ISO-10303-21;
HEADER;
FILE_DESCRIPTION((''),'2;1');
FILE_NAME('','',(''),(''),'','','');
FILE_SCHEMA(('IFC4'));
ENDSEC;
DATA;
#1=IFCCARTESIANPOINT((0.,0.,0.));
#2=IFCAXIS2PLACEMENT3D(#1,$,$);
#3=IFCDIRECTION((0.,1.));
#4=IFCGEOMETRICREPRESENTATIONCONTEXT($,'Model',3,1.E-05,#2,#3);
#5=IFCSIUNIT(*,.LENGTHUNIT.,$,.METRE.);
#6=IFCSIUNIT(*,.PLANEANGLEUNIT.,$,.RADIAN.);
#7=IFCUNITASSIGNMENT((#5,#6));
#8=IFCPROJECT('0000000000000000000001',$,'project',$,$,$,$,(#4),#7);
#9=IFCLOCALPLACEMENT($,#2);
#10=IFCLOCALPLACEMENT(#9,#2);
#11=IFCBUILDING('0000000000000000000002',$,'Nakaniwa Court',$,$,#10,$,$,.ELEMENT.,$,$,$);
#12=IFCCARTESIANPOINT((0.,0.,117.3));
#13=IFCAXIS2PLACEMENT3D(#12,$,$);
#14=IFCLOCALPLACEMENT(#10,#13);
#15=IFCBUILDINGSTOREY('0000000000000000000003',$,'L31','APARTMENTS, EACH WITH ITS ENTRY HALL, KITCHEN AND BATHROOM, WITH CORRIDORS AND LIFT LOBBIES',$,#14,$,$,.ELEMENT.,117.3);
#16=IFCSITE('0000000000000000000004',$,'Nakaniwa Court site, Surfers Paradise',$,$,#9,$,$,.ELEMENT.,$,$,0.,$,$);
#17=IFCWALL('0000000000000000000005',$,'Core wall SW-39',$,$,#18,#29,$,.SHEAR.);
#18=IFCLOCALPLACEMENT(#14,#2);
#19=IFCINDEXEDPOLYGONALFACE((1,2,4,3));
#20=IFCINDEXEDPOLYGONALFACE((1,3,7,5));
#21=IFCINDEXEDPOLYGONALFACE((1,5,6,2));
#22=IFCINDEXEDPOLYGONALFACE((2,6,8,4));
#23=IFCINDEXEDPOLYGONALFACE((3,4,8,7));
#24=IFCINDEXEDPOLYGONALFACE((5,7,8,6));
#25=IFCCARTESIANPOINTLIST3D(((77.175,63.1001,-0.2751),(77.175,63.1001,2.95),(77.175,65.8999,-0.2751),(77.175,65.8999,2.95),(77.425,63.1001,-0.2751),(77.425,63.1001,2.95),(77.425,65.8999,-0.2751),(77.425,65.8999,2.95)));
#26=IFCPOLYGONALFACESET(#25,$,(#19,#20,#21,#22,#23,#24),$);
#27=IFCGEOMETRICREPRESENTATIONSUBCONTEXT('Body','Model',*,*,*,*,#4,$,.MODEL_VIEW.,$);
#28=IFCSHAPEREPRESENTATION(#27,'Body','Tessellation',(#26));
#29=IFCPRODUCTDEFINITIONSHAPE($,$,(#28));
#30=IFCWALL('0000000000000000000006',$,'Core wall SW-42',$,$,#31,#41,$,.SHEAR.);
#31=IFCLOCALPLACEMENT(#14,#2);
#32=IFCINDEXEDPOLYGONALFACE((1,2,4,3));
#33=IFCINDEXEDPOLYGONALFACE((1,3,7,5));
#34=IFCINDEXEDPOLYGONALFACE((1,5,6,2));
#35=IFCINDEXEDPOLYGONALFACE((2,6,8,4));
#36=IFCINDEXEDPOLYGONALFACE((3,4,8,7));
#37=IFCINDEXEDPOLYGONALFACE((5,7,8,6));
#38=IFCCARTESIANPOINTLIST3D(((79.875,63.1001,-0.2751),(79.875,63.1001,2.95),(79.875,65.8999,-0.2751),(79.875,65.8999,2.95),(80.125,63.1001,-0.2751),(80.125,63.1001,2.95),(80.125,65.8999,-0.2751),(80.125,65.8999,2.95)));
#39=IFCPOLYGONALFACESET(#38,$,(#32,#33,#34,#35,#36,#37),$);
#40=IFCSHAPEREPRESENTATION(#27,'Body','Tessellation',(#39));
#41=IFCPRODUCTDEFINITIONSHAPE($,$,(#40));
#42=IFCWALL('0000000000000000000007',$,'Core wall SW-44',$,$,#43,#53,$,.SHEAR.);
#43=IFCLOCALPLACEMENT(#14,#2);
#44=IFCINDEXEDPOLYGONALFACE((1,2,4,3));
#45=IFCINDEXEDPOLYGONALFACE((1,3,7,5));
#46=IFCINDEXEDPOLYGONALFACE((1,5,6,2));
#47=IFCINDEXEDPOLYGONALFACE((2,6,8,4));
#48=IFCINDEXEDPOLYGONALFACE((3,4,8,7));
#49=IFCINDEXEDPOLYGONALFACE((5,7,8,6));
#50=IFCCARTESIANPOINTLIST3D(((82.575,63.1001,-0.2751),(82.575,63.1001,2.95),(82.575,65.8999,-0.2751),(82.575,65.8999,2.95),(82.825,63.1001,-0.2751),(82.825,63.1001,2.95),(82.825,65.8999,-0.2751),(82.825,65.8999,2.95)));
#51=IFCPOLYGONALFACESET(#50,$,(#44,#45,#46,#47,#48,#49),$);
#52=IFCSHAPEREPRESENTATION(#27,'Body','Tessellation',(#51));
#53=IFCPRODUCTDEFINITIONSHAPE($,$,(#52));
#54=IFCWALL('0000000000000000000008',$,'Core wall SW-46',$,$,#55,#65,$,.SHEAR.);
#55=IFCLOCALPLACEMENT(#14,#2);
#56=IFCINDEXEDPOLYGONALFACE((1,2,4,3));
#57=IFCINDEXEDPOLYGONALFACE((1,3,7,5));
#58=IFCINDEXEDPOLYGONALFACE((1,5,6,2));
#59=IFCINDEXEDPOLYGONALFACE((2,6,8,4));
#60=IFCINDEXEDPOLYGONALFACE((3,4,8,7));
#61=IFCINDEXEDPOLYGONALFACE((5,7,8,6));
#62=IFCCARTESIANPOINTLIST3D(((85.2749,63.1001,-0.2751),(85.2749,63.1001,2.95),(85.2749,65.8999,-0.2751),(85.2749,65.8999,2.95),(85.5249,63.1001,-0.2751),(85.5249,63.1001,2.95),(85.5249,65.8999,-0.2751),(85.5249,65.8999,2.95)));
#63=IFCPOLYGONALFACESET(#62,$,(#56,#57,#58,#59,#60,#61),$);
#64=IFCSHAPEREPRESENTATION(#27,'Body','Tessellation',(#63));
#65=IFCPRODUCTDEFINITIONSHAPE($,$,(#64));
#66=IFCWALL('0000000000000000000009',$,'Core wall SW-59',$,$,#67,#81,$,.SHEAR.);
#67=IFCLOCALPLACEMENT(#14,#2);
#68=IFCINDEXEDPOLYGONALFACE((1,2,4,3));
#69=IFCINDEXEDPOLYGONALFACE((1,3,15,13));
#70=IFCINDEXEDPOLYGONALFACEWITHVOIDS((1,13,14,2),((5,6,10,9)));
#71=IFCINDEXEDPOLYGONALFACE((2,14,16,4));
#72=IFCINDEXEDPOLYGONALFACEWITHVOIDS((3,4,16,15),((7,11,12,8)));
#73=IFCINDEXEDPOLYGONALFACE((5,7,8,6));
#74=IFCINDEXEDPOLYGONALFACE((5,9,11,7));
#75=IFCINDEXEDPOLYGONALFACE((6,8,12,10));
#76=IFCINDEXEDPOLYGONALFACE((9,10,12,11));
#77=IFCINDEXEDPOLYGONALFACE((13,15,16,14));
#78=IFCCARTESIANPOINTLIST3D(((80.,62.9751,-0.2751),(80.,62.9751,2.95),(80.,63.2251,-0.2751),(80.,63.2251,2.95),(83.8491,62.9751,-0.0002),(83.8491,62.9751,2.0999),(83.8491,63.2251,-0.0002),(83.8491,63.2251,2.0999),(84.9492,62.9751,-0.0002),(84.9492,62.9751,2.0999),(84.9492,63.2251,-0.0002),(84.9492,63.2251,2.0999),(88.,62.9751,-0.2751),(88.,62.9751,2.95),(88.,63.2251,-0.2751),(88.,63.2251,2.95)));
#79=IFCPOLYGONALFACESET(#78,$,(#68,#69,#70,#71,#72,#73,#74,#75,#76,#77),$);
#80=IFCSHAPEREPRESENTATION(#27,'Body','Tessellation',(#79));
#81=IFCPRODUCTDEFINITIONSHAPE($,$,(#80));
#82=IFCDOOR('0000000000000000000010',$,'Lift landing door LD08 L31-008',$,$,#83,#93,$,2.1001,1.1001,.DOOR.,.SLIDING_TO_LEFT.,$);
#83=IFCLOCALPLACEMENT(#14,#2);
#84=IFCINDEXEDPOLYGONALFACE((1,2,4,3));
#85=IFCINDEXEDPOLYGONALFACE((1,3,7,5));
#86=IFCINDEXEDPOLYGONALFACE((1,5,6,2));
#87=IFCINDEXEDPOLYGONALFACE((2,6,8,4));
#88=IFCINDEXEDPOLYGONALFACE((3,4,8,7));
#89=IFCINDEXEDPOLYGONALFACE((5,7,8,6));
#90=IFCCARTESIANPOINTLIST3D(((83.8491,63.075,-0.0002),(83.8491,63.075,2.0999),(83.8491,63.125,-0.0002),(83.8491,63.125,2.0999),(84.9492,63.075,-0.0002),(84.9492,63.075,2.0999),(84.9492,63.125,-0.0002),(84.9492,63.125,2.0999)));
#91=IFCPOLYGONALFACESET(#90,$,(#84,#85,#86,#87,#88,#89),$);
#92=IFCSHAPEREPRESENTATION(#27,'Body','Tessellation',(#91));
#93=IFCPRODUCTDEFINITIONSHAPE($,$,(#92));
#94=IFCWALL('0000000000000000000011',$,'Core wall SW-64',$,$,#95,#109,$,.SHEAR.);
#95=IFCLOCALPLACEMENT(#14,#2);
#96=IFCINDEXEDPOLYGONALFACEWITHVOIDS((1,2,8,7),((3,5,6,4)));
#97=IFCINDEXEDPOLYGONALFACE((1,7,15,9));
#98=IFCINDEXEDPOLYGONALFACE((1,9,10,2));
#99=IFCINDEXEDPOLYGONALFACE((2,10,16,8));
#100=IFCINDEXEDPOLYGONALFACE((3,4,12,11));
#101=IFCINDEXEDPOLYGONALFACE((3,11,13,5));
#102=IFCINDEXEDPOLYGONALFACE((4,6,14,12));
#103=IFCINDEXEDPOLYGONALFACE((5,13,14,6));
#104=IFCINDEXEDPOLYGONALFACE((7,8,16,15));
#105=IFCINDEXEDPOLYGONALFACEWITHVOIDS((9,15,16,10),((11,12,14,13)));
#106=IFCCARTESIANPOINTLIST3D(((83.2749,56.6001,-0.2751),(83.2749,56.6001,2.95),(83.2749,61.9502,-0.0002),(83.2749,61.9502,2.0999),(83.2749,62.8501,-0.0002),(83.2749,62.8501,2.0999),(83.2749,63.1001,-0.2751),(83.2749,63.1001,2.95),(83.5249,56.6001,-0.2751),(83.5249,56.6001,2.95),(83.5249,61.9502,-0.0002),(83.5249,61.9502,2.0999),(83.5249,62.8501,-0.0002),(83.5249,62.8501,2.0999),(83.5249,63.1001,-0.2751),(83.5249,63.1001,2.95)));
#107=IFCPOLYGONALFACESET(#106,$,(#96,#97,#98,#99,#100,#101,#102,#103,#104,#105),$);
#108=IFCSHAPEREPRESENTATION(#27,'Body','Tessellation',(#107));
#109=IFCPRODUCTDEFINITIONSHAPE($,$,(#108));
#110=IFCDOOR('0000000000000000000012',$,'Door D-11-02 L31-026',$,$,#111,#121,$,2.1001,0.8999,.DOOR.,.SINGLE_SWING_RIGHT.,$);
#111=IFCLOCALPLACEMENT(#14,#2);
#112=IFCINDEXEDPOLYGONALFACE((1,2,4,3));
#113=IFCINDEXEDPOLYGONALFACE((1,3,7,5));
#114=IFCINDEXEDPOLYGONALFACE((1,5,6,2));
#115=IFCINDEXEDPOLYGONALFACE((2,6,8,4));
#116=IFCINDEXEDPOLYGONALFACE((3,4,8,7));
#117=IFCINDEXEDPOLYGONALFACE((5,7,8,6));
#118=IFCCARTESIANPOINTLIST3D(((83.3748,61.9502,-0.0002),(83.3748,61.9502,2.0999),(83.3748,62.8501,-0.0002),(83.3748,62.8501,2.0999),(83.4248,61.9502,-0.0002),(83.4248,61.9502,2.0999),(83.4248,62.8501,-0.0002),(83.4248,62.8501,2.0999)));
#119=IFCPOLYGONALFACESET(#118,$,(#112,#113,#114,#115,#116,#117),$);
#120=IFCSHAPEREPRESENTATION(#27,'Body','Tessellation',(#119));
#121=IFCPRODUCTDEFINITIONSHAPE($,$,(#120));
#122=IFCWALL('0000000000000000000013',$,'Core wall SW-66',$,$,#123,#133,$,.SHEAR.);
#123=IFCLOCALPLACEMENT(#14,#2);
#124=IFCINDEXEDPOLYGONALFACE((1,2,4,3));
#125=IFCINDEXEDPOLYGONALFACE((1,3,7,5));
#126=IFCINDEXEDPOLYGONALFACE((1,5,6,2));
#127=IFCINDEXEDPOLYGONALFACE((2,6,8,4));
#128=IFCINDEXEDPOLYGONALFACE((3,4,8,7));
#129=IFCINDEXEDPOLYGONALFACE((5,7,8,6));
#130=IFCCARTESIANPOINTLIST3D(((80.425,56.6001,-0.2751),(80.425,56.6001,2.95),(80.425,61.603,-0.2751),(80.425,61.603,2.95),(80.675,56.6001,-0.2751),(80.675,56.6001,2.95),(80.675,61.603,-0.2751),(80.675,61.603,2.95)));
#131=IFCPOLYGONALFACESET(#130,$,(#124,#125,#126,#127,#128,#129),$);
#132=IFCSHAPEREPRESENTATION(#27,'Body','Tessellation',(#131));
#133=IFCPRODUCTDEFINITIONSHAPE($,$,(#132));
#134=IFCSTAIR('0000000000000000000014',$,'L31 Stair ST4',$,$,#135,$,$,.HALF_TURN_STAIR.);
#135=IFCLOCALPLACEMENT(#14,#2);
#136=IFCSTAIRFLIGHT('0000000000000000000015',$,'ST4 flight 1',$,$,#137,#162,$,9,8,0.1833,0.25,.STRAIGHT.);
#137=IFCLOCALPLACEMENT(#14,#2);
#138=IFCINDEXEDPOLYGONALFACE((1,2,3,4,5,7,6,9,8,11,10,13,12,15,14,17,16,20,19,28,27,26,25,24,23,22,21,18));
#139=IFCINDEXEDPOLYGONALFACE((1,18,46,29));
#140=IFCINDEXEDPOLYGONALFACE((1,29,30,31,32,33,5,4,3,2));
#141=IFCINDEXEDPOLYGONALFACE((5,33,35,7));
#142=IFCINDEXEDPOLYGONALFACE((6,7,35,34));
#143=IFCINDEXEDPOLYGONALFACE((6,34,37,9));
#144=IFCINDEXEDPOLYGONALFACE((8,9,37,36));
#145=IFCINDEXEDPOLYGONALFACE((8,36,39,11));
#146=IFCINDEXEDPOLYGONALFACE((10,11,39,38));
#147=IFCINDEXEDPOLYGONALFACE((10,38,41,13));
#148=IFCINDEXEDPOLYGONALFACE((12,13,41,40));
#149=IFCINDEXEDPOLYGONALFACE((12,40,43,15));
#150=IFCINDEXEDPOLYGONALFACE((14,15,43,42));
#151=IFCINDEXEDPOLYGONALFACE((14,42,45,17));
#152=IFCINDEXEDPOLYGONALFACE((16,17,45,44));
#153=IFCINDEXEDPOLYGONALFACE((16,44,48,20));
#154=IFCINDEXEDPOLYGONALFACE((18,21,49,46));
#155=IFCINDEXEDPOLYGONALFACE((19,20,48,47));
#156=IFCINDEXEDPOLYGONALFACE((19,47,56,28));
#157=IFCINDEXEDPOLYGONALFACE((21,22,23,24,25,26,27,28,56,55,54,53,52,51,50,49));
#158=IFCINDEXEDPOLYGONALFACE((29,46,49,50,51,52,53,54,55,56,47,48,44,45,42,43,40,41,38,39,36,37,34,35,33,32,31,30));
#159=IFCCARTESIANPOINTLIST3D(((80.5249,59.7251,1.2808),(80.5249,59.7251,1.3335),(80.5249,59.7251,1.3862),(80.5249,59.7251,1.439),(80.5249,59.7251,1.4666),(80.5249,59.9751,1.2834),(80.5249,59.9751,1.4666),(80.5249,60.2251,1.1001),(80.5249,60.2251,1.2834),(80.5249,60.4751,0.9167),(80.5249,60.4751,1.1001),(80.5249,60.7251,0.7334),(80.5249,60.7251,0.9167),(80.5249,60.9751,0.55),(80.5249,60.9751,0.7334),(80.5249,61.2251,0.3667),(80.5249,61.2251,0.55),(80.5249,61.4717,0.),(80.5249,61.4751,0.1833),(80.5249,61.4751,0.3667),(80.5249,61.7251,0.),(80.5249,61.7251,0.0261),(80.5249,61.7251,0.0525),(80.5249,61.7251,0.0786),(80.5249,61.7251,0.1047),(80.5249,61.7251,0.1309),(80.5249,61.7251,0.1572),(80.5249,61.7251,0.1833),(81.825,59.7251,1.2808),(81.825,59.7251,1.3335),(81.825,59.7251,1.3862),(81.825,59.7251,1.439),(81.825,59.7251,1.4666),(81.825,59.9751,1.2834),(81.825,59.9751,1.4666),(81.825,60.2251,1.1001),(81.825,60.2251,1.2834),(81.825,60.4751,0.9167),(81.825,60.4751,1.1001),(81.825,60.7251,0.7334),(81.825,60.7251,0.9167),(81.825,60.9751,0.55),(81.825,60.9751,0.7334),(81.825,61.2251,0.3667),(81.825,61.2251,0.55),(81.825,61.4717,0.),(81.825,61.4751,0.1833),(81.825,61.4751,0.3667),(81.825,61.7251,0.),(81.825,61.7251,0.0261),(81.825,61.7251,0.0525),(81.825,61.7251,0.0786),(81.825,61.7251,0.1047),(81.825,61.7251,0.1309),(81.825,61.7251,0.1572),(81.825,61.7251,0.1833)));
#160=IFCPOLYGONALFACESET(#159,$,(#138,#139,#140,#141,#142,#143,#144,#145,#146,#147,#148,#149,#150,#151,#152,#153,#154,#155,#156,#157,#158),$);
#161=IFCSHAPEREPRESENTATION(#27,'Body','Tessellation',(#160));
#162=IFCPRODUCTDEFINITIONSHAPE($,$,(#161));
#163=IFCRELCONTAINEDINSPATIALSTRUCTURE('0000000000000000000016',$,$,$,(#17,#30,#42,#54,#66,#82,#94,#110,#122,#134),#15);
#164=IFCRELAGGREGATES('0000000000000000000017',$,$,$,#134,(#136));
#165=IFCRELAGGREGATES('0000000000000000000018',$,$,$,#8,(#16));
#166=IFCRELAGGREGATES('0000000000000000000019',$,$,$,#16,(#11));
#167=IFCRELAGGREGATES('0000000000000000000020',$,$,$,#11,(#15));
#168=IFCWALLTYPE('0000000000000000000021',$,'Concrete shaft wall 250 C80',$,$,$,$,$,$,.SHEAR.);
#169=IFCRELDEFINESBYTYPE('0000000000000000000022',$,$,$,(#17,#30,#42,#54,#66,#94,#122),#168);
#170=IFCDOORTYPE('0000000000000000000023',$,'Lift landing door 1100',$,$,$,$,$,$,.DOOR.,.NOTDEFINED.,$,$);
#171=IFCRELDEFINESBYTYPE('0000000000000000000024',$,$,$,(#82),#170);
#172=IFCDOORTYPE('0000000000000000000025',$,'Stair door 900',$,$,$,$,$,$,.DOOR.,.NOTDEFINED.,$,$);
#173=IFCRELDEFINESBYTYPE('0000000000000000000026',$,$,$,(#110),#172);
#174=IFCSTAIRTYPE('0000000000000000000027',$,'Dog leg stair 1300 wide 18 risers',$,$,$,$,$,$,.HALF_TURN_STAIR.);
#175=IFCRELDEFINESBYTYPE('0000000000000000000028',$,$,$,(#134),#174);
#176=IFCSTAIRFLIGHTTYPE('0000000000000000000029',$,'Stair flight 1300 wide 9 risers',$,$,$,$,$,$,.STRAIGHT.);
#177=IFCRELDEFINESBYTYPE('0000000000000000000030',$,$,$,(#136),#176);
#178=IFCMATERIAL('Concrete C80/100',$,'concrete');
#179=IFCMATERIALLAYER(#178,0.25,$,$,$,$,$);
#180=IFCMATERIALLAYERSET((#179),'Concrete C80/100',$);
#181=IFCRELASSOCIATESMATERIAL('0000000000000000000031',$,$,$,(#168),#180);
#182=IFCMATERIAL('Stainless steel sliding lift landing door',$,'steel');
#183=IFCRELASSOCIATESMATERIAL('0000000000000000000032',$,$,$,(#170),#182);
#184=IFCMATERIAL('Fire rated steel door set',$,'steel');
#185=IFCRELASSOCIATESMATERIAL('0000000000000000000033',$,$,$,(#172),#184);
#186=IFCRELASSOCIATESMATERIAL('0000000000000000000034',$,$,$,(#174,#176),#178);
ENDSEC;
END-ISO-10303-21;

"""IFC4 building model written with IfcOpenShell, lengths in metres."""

from ifc_helpers import new_model, si_unit, direction, frame, frame_2d, origin, place, context, subcontext, project, spatial, polyline, rectangle, outline, extrude, material, layer, layer_set, type_object, element, fill, aggregate, save


model = new_model("IFC4")

# Units and contexts
model_context = context("Model", 3, precision=1e-05, world=origin(), true_north=direction((0.0, 1.0)))
body_context = subcontext(model_context, "Body", "Model", "MODEL_VIEW")
ifc_project = project(units=[si_unit("LENGTHUNIT", "METRE"), si_unit("PLANEANGLEUNIT", "RADIAN")], contexts=[model_context])

# Site, building, storey
site_placement = place(None, origin())
site = spatial("IfcSite", under=ifc_project, at=site_placement, Name="Nakaniwa Court site, Surfers Paradise", CompositionType="ELEMENT", RefElevation=0.0)
building_placement = place(site_placement, origin())
building = spatial("IfcBuilding", under=site, at=building_placement, Name="Nakaniwa Court", CompositionType="ELEMENT")
storey_placement = place(building_placement, frame((0.0, 0.0, 117.3)))
storey = spatial("IfcBuildingStorey", under=building, at=storey_placement, Name="L31", Description="APARTMENTS, EACH WITH ITS ENTRY HALL, KITCHEN AND BATHROOM, WITH CORRIDORS AND LIFT LOBBIES", CompositionType="ELEMENT", Elevation=117.3)

# Shared definitions
ifc_material_1 = material(Name="Concrete C80/100", Category="concrete")

# Shared definitions
ifc_material_2 = material(Name="Fire rated steel door set", Category="steel")

# Walls
ifc_layer_1 = layer(ifc_material_1, 0.25)
ifc_layer_set_1 = layer_set([ifc_layer_1], Name="Concrete C80/100")
wall_type_1 = type_object("IfcWallType", Name="Concrete shaft wall 250 C80", PredefinedType="SHEAR", material=ifc_layer_set_1)
for number, where, z_axis, x_axis, name in (
    (1, (77.3, 63.1001, -0.2751), (0.0, 0.0, 1.0), (0.0, 1.0, 0.0), "Core wall SW-39"),
    (2, (80.0, 63.1001, -0.2751), (0.0, 0.0, 1.0), (0.0, 1.0, 0.0), "Core wall SW-42"),
    (3, (82.7, 63.1001, -0.2751), (0.0, 0.0, 1.0), (0.0, 1.0, 0.0), "Core wall SW-44"),
    (4, (85.3999, 63.1001, -0.2751), (0.0, 0.0, 1.0), (0.0, 1.0, 0.0), "Core wall SW-46"),
):
    element("IfcWall", number, at=place(storey_placement, frame(where, z_axis=z_axis, x_axis=x_axis)), inside=storey, type_object=wall_type_1, Name=name, PredefinedType="SHEAR", context=body_context, shape_type="SweptSolid", body=[
        extrude(rectangle(XDim=2.7998, YDim=0.25, at=frame_2d((1.3999, 0.0))), origin(), (0.0, 0.0, 1.0), 3.2251),
    ])

# Walls, openings, doors
wall_1_placement = place(storey_placement, frame((80.0, 63.1001, -0.2751), z_axis=(0.0, 0.0, 1.0), x_axis=(1.0, 0.0, 0.0)))
wall_1 = element("IfcWall", 5, at=wall_1_placement, inside=storey, type_object=wall_type_1, Name="Core wall SW-59", PredefinedType="SHEAR", context=body_context, shape_type="SweptSolid", body=[
    extrude(rectangle(XDim=8.0, YDim=0.25, at=frame_2d((4.0, 0.0))), origin(), (0.0, 0.0, 1.0), 3.2251),
])
opening_1_placement = place(wall_1_placement, frame((3.8491, 0.0, 0.2749)))
opening_1 = element("IfcOpeningElement", 6, at=opening_1_placement, cuts=wall_1, PredefinedType="OPENING", context=body_context, shape_type="SweptSolid", body=[
    extrude(rectangle(XDim=1.1001, YDim=2.1001, at=frame_2d((0.55, 1.05))), frame((0.0, 0.135, 0.0), z_axis=(0.0, -1.0, 0.0), x_axis=(1.0, 0.0, 0.0)), (0.0, 0.0, 1.0), 0.27),
])
ifc_material_3 = material(Name="Stainless steel sliding lift landing door", Category="steel")
door_type_1 = type_object("IfcDoorType", Name="Lift landing door 1100", OperationType="NOTDEFINED", PredefinedType="DOOR", material=ifc_material_3)
door_1_placement = place(opening_1_placement, origin())
door_1 = element("IfcDoor", 7, at=door_1_placement, inside=storey, type_object=door_type_1, Name="Lift landing door LD08 L31-008", OperationType="SLIDING_TO_LEFT", OverallHeight=2.1001, OverallWidth=1.1001, PredefinedType="DOOR", context=body_context, shape_type="SweptSolid", body=[
    extrude(rectangle(XDim=1.1001, YDim=2.1001, at=frame_2d((0.55, 1.05))), frame((0.0, 0.0249, 0.0), z_axis=(0.0, -1.0, 0.0), x_axis=(1.0, 0.0, 0.0)), (0.0, 0.0, 1.0), 0.05),
])
fill(opening_1, door_1)
wall_2_placement = place(storey_placement, frame((83.3999, 63.1001, -0.2751), z_axis=(0.0, 0.0, 1.0), x_axis=(0.0, -1.0, 0.0)))
wall_2 = element("IfcWall", 8, at=wall_2_placement, inside=storey, type_object=wall_type_1, Name="Core wall SW-64", PredefinedType="SHEAR", context=body_context, shape_type="SweptSolid", body=[
    extrude(rectangle(XDim=6.5, YDim=0.25, at=frame_2d((3.25, 0.0))), origin(), (0.0, 0.0, 1.0), 3.2251),
])
opening_2_placement = place(wall_2_placement, frame((0.25, 0.0, 0.2749)))
opening_2 = element("IfcOpeningElement", 9, at=opening_2_placement, cuts=wall_2, PredefinedType="OPENING", context=body_context, shape_type="SweptSolid", body=[
    extrude(rectangle(XDim=0.8999, YDim=2.1001, at=frame_2d((0.45, 1.05))), frame((0.0, 0.135, 0.0), z_axis=(0.0, -1.0, 0.0), x_axis=(1.0, 0.0, 0.0)), (0.0, 0.0, 1.0), 0.27),
])
door_type_2 = type_object("IfcDoorType", Name="Stair door 900", OperationType="NOTDEFINED", PredefinedType="DOOR", material=ifc_material_2)
door_2_placement = place(opening_2_placement, origin())
door_2 = element("IfcDoor", 10, at=door_2_placement, inside=storey, type_object=door_type_2, Name="Door D-11-02 L31-026", OperationType="SINGLE_SWING_RIGHT", OverallHeight=2.1001, OverallWidth=0.8999, PredefinedType="DOOR", context=body_context, shape_type="SweptSolid", body=[
    extrude(rectangle(XDim=0.8999, YDim=2.1001, at=frame_2d((0.45, 1.05))), frame((0.0, 0.0249, 0.0), z_axis=(0.0, -1.0, 0.0), x_axis=(1.0, 0.0, 0.0)), (0.0, 0.0, 1.0), 0.05),
])
fill(opening_2, door_2)

# Wall
wall_3_placement = place(storey_placement, frame((80.55, 56.6001, -0.2751), z_axis=(0.0, 0.0, 1.0), x_axis=(0.0, 1.0, 0.0)))
element("IfcWall", 11, at=wall_3_placement, inside=storey, type_object=wall_type_1, Name="Core wall SW-66", PredefinedType="SHEAR", context=body_context, shape_type="SweptSolid", body=[
    extrude(rectangle(XDim=5.0029, YDim=0.25, at=frame_2d((2.5015, 0.0))), origin(), (0.0, 0.0, 1.0), 3.2251),
])

# Stair, stair flight
stair_type = type_object("IfcStairType", Name="Dog leg stair 1300 wide 18 risers", PredefinedType="HALF_TURN_STAIR", material=ifc_material_1)
stair_placement = place(storey_placement, origin())
stair = element("IfcStair", 12, at=stair_placement, inside=storey, type_object=stair_type, Name="L31 Stair ST4", PredefinedType="HALF_TURN_STAIR")
stair_flight_type = type_object("IfcStairFlightType", Name="Stair flight 1300 wide 9 risers", PredefinedType="STRAIGHT", material=ifc_material_1)
stair_flight_1_placement = place(storey_placement, frame((81.175, 61.7251, 0.0), z_axis=(0.0, 0.0, 1.0), x_axis=(0.0, -1.0, 0.0)))
stair_flight_1 = element("IfcStairFlight", 13, at=stair_flight_1_placement, type_object=stair_flight_type, Name="ST4 flight 1", NumberOfRisers=9, NumberOfTreads=8, PredefinedType="STRAIGHT", RiserHeight=0.1833, TreadLength=0.25, context=body_context, shape_type="SweptSolid", body=[
    extrude(outline(polyline([(0.0, 0.0), (0.0, 0.0261), (0.0, 0.0525), (0.0, 0.0786), (0.0, 0.1047), (0.0, 0.1309), (0.0, 0.1572), (0.0, 0.1833), (0.25, 0.1833), (0.25, 0.3667), (0.5, 0.3667), (0.5, 0.55), (0.75, 0.55), (0.75, 0.7334), (1.0, 0.7334), (1.0, 0.9167), (1.25, 0.9167), (1.25, 1.1001), (1.5, 1.1001), (1.5, 1.2834), (1.75, 1.2834), (1.75, 1.4666), (2.0, 1.4666), (2.0, 1.6499), (2.0, 1.5972), (2.0, 1.5444), (2.0, 1.4917), (2.0, 1.439), (2.0, 1.3862), (2.0, 1.3335), (2.0, 1.2808), (0.2534, 0.0), (0.0, 0.0)])), frame((0.0, 0.6499, 0.0), z_axis=(0.0, -1.0, 0.0), x_axis=(1.0, 0.0, 0.0)), (0.0, 0.0, 1.0), 1.3),
])
aggregate(stair, [stair_flight_1])

save(model, "model.ifc")
